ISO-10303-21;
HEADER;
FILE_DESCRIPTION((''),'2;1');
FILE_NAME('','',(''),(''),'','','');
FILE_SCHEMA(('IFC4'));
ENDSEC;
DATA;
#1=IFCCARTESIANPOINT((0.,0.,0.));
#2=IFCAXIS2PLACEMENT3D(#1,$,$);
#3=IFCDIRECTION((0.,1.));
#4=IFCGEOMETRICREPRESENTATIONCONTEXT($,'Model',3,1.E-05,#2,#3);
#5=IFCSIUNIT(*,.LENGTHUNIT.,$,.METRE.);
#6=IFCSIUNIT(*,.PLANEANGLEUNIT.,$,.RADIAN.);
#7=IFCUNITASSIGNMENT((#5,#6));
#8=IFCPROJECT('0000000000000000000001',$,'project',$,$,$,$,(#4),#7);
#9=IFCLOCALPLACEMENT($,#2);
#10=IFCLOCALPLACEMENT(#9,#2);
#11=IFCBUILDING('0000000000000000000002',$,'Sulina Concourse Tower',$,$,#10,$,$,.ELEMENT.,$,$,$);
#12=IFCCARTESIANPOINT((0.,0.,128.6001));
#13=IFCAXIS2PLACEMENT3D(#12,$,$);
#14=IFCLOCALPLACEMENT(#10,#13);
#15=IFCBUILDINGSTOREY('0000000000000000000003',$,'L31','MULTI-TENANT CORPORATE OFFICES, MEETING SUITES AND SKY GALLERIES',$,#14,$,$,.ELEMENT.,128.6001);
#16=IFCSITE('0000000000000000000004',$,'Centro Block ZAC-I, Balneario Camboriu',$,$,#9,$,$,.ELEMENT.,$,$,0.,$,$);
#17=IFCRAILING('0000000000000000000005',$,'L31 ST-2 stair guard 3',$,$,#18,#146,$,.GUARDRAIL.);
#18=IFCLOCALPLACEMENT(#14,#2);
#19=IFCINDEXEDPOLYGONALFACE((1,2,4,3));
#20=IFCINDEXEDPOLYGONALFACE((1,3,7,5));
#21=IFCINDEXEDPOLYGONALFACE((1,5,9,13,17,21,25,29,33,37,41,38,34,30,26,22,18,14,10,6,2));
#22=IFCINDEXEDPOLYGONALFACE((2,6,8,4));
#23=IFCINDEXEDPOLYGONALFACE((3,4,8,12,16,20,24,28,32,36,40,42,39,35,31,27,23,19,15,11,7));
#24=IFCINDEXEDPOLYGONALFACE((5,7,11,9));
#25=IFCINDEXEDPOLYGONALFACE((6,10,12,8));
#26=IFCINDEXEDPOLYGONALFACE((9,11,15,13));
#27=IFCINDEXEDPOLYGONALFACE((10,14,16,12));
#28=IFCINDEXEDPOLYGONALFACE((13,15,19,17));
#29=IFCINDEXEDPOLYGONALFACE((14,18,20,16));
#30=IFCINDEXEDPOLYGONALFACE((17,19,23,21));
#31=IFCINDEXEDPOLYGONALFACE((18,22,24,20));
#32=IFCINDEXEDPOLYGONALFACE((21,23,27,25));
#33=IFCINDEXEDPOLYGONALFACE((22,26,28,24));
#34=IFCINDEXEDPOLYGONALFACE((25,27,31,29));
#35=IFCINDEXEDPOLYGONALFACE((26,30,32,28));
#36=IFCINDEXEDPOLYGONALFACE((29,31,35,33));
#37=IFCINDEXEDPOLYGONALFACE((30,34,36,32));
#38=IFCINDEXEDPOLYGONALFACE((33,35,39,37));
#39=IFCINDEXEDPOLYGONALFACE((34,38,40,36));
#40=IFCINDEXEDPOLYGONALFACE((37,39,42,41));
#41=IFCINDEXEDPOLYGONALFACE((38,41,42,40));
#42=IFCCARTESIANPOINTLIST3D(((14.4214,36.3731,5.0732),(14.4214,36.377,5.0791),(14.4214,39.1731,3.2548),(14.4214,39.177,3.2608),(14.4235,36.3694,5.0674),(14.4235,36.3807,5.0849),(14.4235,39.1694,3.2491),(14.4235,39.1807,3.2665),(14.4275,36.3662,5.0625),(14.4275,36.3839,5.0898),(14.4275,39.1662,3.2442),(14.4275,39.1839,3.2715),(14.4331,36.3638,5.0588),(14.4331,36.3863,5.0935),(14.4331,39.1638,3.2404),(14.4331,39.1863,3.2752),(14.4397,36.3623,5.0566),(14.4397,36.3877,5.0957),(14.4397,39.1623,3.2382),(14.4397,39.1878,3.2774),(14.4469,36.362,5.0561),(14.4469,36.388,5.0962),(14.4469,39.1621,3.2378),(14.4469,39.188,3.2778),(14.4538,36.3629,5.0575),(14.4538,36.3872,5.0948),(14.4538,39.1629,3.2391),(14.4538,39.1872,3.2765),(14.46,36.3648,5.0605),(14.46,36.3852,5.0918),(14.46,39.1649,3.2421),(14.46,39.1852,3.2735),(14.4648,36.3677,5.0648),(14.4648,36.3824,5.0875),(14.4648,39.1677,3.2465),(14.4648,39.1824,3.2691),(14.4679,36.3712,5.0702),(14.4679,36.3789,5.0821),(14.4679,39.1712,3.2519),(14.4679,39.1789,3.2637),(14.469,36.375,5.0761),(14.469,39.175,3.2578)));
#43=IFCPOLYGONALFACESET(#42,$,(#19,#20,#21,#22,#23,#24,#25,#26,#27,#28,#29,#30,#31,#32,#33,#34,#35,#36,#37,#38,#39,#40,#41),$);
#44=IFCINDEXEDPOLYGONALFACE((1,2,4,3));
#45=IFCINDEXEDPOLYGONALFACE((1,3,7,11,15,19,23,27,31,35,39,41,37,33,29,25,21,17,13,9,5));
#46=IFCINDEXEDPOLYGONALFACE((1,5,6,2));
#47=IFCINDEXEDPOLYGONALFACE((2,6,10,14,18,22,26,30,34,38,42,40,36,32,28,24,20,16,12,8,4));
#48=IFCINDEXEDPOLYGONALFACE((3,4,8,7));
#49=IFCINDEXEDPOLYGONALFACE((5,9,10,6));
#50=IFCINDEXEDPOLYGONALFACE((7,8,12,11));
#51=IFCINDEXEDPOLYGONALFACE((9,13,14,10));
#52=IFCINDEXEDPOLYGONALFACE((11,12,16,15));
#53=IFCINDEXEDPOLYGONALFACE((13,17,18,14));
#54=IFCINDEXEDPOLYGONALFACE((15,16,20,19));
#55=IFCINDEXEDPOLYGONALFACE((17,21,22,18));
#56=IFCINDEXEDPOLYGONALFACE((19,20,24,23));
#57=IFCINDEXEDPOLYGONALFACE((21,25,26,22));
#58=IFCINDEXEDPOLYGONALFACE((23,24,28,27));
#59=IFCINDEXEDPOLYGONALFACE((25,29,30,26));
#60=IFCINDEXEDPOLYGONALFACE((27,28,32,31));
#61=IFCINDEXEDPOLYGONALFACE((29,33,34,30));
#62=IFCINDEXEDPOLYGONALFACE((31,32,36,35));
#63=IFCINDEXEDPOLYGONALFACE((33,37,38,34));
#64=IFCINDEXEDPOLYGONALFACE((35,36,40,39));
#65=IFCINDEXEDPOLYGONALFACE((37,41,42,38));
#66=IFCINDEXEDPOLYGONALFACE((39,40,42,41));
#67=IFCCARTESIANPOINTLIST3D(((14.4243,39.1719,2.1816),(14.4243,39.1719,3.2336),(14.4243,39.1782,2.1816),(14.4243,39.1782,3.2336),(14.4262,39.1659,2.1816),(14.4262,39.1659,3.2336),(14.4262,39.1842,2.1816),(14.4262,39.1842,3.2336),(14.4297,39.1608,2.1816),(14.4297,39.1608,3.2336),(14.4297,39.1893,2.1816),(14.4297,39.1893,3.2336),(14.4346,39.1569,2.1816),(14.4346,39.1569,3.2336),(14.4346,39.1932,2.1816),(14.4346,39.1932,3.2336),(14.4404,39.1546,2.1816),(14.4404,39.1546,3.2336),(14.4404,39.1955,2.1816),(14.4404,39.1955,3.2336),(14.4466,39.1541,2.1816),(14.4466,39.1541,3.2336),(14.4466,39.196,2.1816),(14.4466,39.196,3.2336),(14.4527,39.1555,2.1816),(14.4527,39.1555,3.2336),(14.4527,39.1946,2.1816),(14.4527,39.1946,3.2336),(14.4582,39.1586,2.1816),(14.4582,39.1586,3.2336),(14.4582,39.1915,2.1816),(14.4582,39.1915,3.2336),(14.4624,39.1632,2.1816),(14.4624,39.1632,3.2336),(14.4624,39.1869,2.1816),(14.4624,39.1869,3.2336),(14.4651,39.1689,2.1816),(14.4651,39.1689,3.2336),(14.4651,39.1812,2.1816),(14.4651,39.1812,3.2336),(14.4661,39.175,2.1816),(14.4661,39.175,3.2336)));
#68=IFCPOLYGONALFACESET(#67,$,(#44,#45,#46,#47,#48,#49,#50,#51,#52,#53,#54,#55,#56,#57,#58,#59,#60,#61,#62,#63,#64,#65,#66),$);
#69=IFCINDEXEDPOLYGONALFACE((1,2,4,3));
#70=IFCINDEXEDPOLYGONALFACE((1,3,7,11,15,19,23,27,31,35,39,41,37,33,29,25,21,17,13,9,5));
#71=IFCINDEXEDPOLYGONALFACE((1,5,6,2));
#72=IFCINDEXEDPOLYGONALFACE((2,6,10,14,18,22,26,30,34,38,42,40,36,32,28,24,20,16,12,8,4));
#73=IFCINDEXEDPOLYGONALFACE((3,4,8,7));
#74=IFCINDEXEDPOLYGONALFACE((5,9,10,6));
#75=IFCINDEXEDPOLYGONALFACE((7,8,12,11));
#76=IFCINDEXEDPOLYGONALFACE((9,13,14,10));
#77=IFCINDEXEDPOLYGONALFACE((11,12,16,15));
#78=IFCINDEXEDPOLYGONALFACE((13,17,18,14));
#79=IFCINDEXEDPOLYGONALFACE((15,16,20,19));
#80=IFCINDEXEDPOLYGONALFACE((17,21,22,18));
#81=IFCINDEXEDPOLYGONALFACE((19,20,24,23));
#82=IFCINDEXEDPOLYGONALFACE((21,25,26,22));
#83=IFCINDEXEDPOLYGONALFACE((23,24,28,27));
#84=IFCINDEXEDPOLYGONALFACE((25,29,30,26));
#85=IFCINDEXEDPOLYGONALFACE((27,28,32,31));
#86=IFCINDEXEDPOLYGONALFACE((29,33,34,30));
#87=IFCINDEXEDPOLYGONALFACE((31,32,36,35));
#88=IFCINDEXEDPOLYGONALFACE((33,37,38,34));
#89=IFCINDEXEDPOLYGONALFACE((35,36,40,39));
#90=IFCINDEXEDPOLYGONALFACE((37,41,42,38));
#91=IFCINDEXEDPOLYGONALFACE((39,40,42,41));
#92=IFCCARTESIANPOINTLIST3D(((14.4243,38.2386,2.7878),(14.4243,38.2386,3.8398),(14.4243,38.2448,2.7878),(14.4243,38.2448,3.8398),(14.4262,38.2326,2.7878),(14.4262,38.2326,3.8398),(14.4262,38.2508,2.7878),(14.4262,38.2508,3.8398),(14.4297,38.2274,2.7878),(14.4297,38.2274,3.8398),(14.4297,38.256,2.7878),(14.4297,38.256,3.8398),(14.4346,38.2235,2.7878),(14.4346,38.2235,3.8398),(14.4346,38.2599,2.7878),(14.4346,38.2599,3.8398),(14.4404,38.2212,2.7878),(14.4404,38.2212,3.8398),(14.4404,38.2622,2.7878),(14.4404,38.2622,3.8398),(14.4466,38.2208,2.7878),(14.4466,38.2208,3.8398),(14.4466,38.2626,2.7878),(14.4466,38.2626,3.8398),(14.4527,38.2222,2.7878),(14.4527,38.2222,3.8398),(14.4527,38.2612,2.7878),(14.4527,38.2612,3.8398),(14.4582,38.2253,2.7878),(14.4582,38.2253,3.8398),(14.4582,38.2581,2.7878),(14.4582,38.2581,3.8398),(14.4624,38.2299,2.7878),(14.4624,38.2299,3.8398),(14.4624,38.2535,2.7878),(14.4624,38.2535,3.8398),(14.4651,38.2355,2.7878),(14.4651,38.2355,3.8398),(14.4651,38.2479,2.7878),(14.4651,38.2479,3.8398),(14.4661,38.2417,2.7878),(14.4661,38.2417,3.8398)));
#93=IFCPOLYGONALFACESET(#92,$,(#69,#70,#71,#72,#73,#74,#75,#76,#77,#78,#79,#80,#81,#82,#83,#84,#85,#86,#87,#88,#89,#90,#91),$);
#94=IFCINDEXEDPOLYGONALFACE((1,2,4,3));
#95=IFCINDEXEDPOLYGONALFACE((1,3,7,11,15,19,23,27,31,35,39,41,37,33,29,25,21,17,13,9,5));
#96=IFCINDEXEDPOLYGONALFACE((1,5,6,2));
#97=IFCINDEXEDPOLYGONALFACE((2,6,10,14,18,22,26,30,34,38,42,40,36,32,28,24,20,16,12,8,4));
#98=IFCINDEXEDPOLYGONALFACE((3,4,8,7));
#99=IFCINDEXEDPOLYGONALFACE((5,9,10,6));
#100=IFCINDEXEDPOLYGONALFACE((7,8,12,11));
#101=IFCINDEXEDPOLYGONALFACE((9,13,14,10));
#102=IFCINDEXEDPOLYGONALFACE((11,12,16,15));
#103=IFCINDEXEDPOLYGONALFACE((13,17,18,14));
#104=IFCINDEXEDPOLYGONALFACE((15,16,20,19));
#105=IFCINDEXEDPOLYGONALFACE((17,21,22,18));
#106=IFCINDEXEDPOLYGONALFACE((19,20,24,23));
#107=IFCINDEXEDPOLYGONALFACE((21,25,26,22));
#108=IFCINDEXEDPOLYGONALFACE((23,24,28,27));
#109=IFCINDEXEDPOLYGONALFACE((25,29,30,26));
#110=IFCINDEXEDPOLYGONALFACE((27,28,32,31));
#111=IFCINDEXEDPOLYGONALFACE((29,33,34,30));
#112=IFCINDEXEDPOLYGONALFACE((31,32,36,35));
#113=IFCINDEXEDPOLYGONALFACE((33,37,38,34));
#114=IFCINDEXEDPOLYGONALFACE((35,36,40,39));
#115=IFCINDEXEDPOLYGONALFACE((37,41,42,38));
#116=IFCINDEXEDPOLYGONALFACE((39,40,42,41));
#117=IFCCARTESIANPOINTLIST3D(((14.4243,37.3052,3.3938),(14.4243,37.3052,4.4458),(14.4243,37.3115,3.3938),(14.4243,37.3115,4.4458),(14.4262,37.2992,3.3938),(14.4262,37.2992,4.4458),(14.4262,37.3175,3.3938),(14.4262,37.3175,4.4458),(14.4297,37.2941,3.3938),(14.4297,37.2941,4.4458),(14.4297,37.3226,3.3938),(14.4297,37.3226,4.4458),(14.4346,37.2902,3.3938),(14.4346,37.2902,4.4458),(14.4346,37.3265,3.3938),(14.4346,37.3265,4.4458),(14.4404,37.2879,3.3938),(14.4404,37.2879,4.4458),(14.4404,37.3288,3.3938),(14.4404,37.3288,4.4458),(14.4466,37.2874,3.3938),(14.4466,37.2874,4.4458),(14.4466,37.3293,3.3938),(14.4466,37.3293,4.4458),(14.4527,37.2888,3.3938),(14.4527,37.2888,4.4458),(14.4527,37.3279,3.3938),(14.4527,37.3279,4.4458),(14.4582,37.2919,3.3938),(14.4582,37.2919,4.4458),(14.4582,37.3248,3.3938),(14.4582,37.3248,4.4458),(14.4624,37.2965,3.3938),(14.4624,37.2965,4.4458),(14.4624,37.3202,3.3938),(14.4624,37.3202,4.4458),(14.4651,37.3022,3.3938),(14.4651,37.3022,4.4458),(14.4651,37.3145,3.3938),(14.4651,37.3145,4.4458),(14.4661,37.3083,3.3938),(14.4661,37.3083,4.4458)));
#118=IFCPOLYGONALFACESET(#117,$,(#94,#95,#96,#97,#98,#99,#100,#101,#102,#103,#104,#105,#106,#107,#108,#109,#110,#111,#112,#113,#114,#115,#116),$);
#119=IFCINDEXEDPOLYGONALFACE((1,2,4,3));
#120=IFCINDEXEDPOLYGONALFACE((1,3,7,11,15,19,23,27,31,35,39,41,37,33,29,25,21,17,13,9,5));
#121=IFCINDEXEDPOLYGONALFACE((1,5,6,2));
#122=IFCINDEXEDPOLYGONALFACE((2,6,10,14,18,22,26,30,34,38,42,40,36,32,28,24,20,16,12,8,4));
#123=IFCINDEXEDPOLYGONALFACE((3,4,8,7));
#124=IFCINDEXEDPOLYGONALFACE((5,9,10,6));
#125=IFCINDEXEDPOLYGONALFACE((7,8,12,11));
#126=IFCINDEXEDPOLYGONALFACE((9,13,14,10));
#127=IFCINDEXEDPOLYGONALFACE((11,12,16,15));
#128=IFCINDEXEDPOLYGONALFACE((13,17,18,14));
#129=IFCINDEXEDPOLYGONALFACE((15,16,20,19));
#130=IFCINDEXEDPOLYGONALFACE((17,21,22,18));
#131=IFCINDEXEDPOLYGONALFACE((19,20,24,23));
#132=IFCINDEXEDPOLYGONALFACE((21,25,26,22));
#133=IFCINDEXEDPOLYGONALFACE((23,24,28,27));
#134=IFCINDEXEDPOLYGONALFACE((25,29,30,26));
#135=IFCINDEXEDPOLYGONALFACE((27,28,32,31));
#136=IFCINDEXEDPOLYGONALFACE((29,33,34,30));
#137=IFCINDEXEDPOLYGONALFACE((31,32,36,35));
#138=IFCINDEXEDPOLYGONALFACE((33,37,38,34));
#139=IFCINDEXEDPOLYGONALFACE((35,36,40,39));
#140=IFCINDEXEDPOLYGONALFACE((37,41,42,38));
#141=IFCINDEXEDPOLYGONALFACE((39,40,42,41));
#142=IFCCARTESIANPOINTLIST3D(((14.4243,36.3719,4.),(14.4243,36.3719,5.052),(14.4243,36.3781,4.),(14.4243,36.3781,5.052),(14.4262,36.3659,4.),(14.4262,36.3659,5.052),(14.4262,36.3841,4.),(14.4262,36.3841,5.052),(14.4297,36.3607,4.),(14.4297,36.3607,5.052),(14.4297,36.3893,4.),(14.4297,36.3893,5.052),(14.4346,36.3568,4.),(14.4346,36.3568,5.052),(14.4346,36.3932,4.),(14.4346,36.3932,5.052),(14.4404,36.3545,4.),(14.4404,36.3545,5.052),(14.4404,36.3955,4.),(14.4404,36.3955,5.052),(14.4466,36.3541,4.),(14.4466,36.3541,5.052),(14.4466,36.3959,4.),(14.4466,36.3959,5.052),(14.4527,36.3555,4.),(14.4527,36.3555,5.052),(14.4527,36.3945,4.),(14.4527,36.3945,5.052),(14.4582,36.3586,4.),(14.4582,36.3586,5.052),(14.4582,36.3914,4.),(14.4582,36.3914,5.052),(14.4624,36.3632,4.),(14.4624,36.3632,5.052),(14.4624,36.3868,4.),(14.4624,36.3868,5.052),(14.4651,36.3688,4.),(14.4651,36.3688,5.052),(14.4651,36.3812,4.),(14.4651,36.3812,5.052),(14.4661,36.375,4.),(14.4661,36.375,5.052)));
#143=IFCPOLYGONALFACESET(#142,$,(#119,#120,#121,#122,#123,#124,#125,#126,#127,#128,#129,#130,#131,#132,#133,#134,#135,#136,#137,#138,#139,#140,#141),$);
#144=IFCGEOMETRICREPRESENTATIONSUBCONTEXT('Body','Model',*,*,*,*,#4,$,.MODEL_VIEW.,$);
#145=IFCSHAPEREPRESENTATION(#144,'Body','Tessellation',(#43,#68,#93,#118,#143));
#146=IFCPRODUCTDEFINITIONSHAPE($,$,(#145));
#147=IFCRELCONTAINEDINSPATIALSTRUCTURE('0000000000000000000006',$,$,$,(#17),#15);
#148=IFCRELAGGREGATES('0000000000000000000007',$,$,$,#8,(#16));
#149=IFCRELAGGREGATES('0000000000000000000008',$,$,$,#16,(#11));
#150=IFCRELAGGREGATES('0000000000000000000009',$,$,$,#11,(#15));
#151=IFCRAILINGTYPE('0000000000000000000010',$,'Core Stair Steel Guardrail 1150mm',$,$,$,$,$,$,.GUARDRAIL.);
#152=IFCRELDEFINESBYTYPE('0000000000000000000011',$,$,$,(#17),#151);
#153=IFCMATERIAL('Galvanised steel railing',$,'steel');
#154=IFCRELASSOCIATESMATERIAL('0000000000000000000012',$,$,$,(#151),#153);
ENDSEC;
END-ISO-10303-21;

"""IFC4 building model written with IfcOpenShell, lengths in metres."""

from ifc_helpers import new_model, si_unit, direction, frame, origin, origin_2d, place, context, subcontext, project, spatial, circle, extrude, material, type_object, element, save


model = new_model("IFC4")

# Units and contexts
model_context = context("Model", 3, precision=1e-05, world=origin(), true_north=direction((0.0, 1.0)))
body_context = subcontext(model_context, "Body", "Model", "MODEL_VIEW")
ifc_project = project(units=[si_unit("LENGTHUNIT", "METRE"), si_unit("PLANEANGLEUNIT", "RADIAN")], contexts=[model_context])

# Site, building, storey
site_placement = place(None, origin())
site = spatial("IfcSite", under=ifc_project, at=site_placement, Name="Centro Block ZAC-I, Balneario Camboriu", CompositionType="ELEMENT", RefElevation=0.0)
building_placement = place(site_placement, origin())
building = spatial("IfcBuilding", under=site, at=building_placement, Name="Sulina Concourse Tower", CompositionType="ELEMENT")
storey_placement = place(building_placement, frame((0.0, 0.0, 128.6001)))
storey = spatial("IfcBuildingStorey", under=building, at=storey_placement, Name="L31", Description="MULTI-TENANT CORPORATE OFFICES, MEETING SUITES AND SKY GALLERIES", CompositionType="ELEMENT", Elevation=128.6001)

# Railing
ifc_material_1 = material(Name="Galvanised steel railing", Category="steel")
railing_type_1 = type_object("IfcRailingType", Name="Core Stair Steel Guardrail 1150mm", PredefinedType="GUARDRAIL", material=ifc_material_1)
railing_1_placement = place(storey_placement, frame((14.4451, 39.175, 2.1816)))
element("IfcRailing", 1, at=railing_1_placement, inside=storey, type_object=railing_type_1, Name="L31 ST-2 stair guard 3", PredefinedType="GUARDRAIL", context=body_context, shape_type="SweptSolid", body=[
    extrude(circle(Radius=0.0239, at=origin_2d()), frame((0.0, 0.0, 1.0762), z_axis=(0.0, -0.838672, 0.544636), x_axis=(1.0, 0.0, 0.0)), (0.0, 0.0, 1.0), 3.3386),
    extrude(circle(Radius=0.021, at=origin_2d()), origin(), (0.0, 0.0, 1.0), 1.052),
    extrude(circle(Radius=0.021, at=origin_2d()), frame((0.0, -0.9333, 0.6062)), (0.0, 0.0, 1.0), 1.052),
    extrude(circle(Radius=0.021, at=origin_2d()), frame((0.0, -1.8667, 1.2122)), (0.0, 0.0, 1.0), 1.052),
    extrude(circle(Radius=0.021, at=origin_2d()), frame((0.0, -2.8, 1.8184)), (0.0, 0.0, 1.0), 1.052),
])

save(model, "model.ifc")
